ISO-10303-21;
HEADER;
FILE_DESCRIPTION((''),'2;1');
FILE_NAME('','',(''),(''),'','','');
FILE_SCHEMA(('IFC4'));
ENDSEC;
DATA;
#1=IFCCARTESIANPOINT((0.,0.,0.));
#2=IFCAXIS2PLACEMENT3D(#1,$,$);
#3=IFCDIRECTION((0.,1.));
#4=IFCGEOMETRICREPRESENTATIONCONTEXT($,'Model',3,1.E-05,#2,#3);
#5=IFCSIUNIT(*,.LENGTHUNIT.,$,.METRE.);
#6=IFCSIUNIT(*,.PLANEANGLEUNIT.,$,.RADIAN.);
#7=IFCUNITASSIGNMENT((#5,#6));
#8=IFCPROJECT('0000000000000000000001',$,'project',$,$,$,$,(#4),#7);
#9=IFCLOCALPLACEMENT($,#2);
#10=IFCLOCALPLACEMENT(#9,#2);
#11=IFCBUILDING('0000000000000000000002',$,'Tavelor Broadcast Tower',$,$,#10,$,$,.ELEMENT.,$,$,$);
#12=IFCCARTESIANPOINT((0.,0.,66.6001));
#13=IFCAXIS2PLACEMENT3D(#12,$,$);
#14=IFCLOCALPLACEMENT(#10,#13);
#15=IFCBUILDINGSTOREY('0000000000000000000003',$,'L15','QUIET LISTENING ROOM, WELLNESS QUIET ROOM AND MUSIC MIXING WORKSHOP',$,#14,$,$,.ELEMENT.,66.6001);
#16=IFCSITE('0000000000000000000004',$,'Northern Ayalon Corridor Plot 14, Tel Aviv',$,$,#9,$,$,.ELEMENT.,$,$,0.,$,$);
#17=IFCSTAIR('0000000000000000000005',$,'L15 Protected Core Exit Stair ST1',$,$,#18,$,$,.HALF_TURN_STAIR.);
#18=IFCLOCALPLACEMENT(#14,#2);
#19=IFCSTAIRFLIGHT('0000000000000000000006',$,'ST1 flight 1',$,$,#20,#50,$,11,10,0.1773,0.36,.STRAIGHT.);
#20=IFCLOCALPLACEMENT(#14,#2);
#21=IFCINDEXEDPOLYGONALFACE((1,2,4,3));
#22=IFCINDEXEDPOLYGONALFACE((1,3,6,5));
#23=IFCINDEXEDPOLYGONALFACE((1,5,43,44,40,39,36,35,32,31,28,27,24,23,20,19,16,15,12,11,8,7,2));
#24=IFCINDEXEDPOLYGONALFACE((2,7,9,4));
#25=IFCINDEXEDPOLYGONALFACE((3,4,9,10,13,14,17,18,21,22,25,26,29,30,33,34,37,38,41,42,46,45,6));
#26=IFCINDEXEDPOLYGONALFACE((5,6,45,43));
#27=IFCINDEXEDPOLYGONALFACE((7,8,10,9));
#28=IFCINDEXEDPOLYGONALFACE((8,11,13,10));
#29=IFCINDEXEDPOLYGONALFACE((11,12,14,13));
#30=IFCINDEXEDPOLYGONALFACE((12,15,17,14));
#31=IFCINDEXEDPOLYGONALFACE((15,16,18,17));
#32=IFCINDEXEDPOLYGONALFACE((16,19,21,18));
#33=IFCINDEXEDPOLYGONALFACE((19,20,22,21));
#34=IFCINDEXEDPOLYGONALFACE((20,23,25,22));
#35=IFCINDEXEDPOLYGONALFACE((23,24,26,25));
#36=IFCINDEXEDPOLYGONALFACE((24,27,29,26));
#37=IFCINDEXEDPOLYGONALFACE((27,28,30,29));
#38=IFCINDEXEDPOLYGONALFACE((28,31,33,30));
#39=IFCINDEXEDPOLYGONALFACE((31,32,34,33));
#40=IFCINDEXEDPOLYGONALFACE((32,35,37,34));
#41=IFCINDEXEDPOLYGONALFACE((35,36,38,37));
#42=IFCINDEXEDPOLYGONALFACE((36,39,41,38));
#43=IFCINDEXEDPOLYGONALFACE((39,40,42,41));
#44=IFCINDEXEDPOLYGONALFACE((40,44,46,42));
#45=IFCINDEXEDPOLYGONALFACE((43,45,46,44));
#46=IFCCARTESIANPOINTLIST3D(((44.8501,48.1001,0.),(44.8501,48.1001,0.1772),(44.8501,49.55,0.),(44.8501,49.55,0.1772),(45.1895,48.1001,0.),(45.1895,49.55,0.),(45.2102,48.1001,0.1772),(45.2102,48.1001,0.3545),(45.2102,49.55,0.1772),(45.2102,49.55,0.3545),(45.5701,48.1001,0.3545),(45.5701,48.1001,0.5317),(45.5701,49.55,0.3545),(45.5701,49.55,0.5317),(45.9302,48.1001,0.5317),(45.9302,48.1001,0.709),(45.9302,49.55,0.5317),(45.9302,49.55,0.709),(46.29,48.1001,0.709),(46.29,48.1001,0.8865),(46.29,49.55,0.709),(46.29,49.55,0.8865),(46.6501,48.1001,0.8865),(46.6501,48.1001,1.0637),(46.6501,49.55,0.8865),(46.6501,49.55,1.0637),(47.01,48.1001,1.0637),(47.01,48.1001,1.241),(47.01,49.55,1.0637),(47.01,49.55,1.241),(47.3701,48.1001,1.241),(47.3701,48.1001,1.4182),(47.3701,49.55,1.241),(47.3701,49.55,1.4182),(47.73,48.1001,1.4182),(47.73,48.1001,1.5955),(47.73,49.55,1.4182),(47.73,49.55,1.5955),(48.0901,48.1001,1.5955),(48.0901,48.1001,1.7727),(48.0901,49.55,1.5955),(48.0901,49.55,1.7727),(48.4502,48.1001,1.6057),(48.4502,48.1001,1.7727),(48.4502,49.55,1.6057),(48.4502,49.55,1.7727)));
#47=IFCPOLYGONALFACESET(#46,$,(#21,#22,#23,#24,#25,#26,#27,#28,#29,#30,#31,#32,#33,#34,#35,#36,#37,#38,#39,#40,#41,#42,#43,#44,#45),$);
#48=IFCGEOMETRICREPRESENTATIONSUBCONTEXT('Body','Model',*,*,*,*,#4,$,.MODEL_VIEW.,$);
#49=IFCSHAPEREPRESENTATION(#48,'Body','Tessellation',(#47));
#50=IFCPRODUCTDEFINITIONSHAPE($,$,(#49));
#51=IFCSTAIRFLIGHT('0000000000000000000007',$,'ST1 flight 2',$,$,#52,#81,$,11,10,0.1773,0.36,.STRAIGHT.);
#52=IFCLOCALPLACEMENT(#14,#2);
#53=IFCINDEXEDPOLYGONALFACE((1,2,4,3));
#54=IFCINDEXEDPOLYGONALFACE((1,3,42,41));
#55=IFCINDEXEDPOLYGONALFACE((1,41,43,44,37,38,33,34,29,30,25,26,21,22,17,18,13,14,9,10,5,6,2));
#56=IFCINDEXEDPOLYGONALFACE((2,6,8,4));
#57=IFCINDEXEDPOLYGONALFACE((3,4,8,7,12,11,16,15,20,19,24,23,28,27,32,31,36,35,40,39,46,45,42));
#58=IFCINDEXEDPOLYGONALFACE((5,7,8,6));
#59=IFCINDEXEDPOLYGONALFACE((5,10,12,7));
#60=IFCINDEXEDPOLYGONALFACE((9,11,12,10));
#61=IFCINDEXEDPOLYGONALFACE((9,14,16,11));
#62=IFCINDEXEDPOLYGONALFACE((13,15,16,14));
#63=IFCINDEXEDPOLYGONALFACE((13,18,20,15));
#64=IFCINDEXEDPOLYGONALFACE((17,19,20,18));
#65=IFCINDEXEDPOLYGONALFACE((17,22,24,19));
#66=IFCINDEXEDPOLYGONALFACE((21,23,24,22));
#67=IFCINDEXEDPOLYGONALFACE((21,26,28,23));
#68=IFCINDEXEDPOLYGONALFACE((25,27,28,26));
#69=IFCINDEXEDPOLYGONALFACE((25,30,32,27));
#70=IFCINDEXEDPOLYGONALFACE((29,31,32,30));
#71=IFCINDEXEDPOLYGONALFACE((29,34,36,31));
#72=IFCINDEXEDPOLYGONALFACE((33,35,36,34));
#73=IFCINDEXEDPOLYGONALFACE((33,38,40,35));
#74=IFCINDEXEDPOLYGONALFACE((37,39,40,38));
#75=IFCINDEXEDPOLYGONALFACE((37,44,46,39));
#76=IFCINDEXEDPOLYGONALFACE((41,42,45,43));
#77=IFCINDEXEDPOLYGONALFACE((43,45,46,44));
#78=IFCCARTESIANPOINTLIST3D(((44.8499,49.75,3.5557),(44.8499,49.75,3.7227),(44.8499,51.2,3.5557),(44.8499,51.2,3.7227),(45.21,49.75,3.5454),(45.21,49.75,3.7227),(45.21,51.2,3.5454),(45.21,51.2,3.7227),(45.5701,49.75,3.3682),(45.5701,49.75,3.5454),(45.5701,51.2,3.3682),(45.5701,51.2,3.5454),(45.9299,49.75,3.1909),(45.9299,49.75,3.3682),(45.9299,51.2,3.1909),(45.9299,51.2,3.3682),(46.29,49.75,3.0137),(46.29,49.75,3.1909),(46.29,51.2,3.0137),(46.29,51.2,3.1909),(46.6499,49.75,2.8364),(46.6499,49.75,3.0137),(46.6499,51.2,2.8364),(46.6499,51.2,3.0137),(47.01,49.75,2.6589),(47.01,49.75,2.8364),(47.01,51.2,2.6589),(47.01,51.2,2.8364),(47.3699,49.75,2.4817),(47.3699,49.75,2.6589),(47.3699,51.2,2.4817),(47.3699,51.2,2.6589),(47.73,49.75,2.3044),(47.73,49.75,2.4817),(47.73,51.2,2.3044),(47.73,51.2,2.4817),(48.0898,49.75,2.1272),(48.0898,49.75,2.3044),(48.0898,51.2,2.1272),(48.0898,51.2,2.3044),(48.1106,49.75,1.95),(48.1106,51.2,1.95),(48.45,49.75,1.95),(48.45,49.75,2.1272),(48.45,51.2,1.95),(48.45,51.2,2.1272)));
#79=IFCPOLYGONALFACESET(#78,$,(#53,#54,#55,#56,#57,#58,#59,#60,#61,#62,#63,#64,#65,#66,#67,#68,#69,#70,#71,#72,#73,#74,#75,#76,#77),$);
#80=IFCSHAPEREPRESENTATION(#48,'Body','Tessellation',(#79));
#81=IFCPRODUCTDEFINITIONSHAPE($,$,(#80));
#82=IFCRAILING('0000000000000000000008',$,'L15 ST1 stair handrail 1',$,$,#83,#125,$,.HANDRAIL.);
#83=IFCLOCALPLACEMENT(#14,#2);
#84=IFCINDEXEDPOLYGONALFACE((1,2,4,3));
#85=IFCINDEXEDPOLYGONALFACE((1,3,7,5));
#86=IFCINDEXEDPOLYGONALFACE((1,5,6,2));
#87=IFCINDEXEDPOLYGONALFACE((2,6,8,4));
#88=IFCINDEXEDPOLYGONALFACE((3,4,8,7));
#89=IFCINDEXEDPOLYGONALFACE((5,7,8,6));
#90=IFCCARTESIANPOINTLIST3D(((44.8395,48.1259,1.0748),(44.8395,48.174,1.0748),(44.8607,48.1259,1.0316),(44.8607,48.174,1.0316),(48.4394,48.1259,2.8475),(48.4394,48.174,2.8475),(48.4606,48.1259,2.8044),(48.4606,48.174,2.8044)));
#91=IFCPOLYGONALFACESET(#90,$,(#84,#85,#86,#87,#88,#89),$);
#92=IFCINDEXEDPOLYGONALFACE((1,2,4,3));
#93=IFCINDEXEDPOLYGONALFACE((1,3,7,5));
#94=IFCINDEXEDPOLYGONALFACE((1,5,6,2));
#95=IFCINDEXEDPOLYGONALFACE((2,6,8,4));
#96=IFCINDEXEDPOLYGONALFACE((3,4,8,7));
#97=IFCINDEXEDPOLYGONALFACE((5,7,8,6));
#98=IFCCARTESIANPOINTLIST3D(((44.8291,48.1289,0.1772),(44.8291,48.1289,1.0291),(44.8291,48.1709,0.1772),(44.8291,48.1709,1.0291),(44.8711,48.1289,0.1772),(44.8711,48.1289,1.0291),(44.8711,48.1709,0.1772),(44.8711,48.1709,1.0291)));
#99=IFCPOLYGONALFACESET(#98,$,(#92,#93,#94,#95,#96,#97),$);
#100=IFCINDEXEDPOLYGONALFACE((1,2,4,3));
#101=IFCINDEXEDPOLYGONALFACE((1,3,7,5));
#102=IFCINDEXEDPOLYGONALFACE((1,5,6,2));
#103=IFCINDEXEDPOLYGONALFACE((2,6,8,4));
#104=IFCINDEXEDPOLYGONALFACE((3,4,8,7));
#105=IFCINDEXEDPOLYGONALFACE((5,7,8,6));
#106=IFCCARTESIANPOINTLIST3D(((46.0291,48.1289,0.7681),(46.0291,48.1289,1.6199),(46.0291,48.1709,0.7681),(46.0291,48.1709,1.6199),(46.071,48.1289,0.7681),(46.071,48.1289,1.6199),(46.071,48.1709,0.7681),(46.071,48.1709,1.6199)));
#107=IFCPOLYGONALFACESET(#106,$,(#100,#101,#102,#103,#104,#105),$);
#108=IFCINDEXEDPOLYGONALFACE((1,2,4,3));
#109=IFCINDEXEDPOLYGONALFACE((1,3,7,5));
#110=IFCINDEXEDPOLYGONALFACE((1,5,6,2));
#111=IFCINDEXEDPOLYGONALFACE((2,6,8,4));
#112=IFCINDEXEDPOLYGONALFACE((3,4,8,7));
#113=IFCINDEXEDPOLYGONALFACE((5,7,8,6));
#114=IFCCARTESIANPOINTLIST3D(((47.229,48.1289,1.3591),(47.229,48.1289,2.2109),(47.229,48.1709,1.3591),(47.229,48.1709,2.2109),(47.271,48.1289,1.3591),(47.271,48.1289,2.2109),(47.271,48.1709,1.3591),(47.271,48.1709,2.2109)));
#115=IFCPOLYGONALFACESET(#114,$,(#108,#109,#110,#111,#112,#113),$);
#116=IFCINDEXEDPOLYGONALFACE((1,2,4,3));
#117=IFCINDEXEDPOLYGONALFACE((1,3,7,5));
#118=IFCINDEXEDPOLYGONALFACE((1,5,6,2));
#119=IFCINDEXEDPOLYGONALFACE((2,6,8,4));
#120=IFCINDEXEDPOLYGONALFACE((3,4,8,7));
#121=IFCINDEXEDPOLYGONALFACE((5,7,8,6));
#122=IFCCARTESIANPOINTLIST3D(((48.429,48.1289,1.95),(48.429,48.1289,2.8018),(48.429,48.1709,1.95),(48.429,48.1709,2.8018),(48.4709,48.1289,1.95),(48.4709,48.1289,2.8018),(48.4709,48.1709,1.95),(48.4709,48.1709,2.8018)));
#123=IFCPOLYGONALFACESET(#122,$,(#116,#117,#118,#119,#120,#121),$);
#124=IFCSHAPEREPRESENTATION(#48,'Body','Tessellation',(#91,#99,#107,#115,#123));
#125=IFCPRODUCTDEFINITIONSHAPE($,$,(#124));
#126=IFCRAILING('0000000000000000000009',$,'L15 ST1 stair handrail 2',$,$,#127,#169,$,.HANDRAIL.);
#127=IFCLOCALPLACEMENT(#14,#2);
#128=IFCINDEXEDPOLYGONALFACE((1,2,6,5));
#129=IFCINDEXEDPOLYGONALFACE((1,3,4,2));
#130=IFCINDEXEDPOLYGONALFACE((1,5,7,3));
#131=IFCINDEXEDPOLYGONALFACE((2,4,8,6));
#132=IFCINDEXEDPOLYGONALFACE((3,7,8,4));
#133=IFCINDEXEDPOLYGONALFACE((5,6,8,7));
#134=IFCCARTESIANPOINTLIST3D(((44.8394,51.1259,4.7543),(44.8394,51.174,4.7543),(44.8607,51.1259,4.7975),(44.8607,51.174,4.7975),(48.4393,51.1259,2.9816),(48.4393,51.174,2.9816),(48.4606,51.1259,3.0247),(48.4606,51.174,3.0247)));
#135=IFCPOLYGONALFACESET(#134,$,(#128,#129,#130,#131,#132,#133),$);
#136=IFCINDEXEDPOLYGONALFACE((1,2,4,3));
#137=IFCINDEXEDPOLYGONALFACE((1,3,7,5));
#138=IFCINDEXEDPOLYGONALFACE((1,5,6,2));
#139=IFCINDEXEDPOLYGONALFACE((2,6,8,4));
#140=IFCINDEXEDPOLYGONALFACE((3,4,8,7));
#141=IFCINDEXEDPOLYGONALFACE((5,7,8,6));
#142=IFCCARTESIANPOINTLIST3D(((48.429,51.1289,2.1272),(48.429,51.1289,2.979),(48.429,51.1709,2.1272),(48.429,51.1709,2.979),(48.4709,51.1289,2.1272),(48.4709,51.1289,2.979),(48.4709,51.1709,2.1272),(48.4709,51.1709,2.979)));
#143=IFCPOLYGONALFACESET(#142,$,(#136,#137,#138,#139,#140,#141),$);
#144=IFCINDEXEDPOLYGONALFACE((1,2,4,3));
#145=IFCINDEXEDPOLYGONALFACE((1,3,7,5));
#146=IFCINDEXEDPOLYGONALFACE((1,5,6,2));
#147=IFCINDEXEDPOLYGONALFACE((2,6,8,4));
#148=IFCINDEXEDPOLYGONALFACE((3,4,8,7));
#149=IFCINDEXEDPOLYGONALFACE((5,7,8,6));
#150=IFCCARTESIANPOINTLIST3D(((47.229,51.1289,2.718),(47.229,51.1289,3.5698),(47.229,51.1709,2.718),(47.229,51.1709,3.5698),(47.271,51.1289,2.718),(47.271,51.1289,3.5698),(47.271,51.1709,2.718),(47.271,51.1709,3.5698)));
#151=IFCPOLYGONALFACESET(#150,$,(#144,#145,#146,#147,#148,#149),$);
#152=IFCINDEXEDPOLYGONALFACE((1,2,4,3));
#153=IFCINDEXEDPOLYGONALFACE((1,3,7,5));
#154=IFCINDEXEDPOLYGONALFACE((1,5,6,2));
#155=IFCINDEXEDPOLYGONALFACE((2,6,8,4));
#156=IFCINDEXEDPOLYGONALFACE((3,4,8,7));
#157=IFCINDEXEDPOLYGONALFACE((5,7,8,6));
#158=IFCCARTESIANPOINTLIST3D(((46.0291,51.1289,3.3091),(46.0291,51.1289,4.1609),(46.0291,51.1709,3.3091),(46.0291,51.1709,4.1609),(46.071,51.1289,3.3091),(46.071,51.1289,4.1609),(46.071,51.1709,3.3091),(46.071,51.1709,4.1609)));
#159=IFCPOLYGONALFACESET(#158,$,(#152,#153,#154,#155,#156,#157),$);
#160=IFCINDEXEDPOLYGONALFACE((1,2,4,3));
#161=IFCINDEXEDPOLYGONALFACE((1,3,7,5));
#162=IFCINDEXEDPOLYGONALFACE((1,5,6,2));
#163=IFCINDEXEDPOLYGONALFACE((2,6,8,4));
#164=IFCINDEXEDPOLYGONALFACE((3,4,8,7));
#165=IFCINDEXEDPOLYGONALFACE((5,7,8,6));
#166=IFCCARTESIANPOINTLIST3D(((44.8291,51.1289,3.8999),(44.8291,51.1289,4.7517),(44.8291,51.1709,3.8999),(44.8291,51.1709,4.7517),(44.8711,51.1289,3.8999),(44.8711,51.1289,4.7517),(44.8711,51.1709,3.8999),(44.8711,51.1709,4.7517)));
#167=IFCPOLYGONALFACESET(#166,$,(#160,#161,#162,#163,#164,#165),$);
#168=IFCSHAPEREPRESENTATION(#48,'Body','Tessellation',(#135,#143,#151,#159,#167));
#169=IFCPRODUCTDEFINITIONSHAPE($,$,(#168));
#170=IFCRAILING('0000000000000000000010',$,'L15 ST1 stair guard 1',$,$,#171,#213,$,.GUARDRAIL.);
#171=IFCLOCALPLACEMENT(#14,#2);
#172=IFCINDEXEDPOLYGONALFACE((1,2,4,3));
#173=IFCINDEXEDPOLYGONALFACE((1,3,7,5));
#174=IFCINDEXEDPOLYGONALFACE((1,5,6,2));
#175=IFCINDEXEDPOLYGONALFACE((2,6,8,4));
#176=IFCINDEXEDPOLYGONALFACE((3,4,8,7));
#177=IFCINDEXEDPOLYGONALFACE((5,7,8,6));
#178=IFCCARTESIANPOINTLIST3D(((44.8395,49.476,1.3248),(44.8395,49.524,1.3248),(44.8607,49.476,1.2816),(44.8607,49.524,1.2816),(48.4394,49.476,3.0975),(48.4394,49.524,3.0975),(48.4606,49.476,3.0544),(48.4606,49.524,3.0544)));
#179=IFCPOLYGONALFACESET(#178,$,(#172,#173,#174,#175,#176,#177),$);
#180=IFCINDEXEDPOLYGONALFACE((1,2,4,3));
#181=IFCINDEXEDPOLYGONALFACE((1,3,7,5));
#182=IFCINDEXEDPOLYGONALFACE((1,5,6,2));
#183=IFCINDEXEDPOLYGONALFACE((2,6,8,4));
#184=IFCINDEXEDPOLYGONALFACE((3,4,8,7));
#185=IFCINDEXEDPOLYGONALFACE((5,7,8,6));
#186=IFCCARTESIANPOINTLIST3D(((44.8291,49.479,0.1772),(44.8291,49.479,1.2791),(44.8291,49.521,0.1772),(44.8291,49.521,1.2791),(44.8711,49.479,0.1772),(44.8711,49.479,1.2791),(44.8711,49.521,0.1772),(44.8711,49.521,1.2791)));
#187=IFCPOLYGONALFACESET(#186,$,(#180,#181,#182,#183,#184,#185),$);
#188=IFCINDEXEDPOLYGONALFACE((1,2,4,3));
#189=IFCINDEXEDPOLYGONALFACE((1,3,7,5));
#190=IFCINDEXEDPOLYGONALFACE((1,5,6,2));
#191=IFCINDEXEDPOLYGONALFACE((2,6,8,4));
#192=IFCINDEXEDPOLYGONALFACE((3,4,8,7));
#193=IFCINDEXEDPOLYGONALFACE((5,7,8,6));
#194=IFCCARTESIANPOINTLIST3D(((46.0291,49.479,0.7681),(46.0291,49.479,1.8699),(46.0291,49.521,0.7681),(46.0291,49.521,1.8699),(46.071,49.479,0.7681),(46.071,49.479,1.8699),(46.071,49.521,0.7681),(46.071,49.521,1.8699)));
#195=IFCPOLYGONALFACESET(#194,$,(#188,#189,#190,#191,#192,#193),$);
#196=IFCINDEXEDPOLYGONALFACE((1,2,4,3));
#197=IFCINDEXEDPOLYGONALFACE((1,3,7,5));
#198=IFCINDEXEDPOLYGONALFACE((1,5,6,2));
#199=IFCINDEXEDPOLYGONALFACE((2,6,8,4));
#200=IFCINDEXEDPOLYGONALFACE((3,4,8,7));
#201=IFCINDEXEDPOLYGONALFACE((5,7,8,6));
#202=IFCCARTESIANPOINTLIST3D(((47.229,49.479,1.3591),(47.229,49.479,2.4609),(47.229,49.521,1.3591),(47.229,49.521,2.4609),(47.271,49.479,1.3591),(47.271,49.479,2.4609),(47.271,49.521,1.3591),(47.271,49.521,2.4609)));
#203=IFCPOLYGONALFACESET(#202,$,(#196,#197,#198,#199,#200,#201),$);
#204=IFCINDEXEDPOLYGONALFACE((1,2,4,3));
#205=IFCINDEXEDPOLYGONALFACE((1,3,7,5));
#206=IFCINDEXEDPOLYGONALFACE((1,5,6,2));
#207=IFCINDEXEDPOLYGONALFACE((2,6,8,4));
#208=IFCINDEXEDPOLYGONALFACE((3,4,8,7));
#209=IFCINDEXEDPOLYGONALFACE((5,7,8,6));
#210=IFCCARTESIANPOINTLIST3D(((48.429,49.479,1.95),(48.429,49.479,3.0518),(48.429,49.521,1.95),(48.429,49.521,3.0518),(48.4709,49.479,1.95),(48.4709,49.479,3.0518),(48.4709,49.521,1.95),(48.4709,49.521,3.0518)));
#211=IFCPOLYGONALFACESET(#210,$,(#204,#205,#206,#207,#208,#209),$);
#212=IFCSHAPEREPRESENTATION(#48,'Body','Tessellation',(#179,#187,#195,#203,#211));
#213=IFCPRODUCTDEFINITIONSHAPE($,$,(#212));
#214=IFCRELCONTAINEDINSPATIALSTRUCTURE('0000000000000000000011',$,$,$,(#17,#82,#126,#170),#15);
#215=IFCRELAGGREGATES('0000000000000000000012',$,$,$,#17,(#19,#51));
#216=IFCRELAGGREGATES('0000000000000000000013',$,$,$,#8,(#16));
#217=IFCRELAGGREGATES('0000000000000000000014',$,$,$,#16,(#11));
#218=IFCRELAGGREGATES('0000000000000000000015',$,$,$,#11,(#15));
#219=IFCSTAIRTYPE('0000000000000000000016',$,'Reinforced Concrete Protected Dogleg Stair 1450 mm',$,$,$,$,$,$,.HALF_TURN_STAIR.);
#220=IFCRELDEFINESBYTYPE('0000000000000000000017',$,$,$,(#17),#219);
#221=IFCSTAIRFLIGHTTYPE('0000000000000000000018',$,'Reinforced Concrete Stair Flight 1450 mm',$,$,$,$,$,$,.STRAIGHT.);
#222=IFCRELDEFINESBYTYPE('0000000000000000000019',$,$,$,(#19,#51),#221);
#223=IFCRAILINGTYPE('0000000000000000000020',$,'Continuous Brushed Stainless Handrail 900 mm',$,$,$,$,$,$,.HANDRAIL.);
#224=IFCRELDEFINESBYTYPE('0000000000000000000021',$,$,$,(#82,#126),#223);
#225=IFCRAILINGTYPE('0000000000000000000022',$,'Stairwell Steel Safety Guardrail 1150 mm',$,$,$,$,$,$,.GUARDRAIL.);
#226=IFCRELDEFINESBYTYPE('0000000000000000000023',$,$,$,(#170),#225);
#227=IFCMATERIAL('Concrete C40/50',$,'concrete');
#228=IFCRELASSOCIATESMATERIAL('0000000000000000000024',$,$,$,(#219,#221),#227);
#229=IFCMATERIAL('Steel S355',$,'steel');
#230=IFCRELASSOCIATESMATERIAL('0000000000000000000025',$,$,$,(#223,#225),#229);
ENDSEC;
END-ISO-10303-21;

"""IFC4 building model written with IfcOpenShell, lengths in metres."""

from ifc_helpers import new_model, si_unit, direction, frame, origin, origin_2d, place, context, subcontext, project, spatial, polyline, rectangle, outline, extrude, material, type_object, element, aggregate, save


model = new_model("IFC4")

# Units and contexts
model_context = context("Model", 3, precision=1e-05, world=origin(), true_north=direction((0.0, 1.0)))
body_context = subcontext(model_context, "Body", "Model", "MODEL_VIEW")
ifc_project = project(units=[si_unit("LENGTHUNIT", "METRE"), si_unit("PLANEANGLEUNIT", "RADIAN")], contexts=[model_context])

# Site, building, storey
site_placement = place(None, origin())
site = spatial("IfcSite", under=ifc_project, at=site_placement, Name="Northern Ayalon Corridor Plot 14, Tel Aviv", CompositionType="ELEMENT", RefElevation=0.0)
building_placement = place(site_placement, origin())
building = spatial("IfcBuilding", under=site, at=building_placement, Name="Tavelor Broadcast Tower", CompositionType="ELEMENT")
storey_placement = place(building_placement, frame((0.0, 0.0, 66.6001)))
storey = spatial("IfcBuildingStorey", under=building, at=storey_placement, Name="L15", Description="QUIET LISTENING ROOM, WELLNESS QUIET ROOM AND MUSIC MIXING WORKSHOP", CompositionType="ELEMENT", Elevation=66.6001)

# Shared definitions
ifc_material_1 = material(Name="Concrete C40/50", Category="concrete")
ifc_material_2 = material(Name="Steel S355", Category="steel")

# Stair, stair flights
stair_type = type_object("IfcStairType", Name="Reinforced Concrete Protected Dogleg Stair 1450 mm", PredefinedType="HALF_TURN_STAIR", material=ifc_material_1)
stair_placement = place(storey_placement, origin())
stair = element("IfcStair", 1, at=stair_placement, inside=storey, type_object=stair_type, Name="L15 Protected Core Exit Stair ST1", PredefinedType="HALF_TURN_STAIR")
stair_flight_type = type_object("IfcStairFlightType", Name="Reinforced Concrete Stair Flight 1450 mm", PredefinedType="STRAIGHT", material=ifc_material_1)
stair_flight_1_placement = place(storey_placement, frame((44.8501, 48.825, 0.0), z_axis=(0.0, 0.0, 1.0), x_axis=(1.0, 0.0, 0.0)))
stair_flight_1 = element("IfcStairFlight", 2, at=stair_flight_1_placement, type_object=stair_flight_type, Name="ST1 flight 1", NumberOfRisers=11, NumberOfTreads=10, PredefinedType="STRAIGHT", RiserHeight=0.1773, TreadLength=0.36, context=body_context, shape_type="SweptSolid", body=[
    extrude(outline(polyline([(0.0, 0.0), (0.0, 0.1772), (0.3601, 0.1772), (0.3601, 0.3545), (0.72, 0.3545), (0.72, 0.5317), (1.0801, 0.5317), (1.0801, 0.709), (1.4399, 0.709), (1.4399, 0.8865), (1.8, 0.8865), (1.8, 1.0637), (2.1599, 1.0637), (2.1599, 1.241), (2.52, 1.241), (2.52, 1.4182), (2.8799, 1.4182), (2.8799, 1.5955), (3.24, 1.5955), (3.24, 1.7727), (3.6001, 1.7727), (3.6001, 1.95), (3.6001, 1.6057), (0.3394, 0.0), (0.0, 0.0)])), frame((0.0, 0.7251, 0.0), z_axis=(0.0, -1.0, 0.0), x_axis=(1.0, 0.0, 0.0)), (0.0, 0.0, 1.0), 1.45),
])
stair_flight_2_placement = place(storey_placement, frame((48.45, 50.4751, 1.95), z_axis=(0.0, 0.0, 1.0), x_axis=(-1.0, 0.0, 0.0)))
stair_flight_2 = element("IfcStairFlight", 3, at=stair_flight_2_placement, type_object=stair_flight_type, Name="ST1 flight 2", NumberOfRisers=11, NumberOfTreads=10, PredefinedType="STRAIGHT", RiserHeight=0.1773, TreadLength=0.36, context=body_context, shape_type="SweptSolid", body=[
    extrude(outline(polyline([(0.0, 0.0), (0.0, 0.1772), (0.3601, 0.1772), (0.3601, 0.3545), (0.72, 0.3545), (0.72, 0.5317), (1.0801, 0.5317), (1.0801, 0.709), (1.4399, 0.709), (1.4399, 0.8865), (1.8, 0.8865), (1.8, 1.0637), (2.1599, 1.0637), (2.1599, 1.241), (2.52, 1.241), (2.52, 1.4182), (2.8799, 1.4182), (2.8799, 1.5955), (3.24, 1.5955), (3.24, 1.7727), (3.6001, 1.7727), (3.6001, 1.95), (3.6001, 1.6057), (0.3394, 0.0), (0.0, 0.0)])), frame((0.0, 0.7251, 0.0), z_axis=(0.0, -1.0, 0.0), x_axis=(1.0, 0.0, 0.0)), (0.0, 0.0, 1.0), 1.45),
])
aggregate(stair, [stair_flight_1, stair_flight_2])

# Railings
railing_type_1 = type_object("IfcRailingType", Name="Continuous Brushed Stainless Handrail 900 mm", PredefinedType="HANDRAIL", material=ifc_material_2)
railing_1_placement = place(storey_placement, frame((44.8501, 48.1499, 0.1772)))
element("IfcRailing", 4, at=railing_1_placement, inside=storey, type_object=railing_type_1, Name="L15 ST1 stair handrail 1", PredefinedType="HANDRAIL", context=body_context, shape_type="SweptSolid", body=[
    extrude(rectangle(XDim=0.0481, YDim=0.0481, at=origin_2d()), frame((0.0, 0.0, 0.876), z_axis=(0.897124, 0.0, 0.441778), x_axis=(0.0, 1.0, 0.0)), (0.0, 0.0, 1.0), 4.0127),
    extrude(rectangle(XDim=0.042, YDim=0.042, at=origin_2d()), origin(), (0.0, 0.0, 1.0), 0.8518),
    extrude(rectangle(XDim=0.042, YDim=0.042, at=origin_2d()), frame((1.2, 0.0, 0.5908)), (0.0, 0.0, 1.0), 0.8518),
    extrude(rectangle(XDim=0.042, YDim=0.042, at=origin_2d()), frame((2.3999, 0.0, 1.1819)), (0.0, 0.0, 1.0), 0.8518),
    extrude(rectangle(XDim=0.042, YDim=0.042, at=origin_2d()), frame((3.5999, 0.0, 1.7727)), (0.0, 0.0, 1.0), 0.8518),
])
railing_2_placement = place(storey_placement, frame((48.45, 51.1499, 2.1272)))
element("IfcRailing", 5, at=railing_2_placement, inside=storey, type_object=railing_type_1, Name="L15 ST1 stair handrail 2", PredefinedType="HANDRAIL", context=body_context, shape_type="SweptSolid", body=[
    extrude(rectangle(XDim=0.0481, YDim=0.0481, at=origin_2d()), frame((0.0, 0.0, 0.876), z_axis=(-0.897124, 0.0, 0.441778), x_axis=(0.0, -1.0, 0.0)), (0.0, 0.0, 1.0), 4.0127),
    extrude(rectangle(XDim=0.042, YDim=0.042, at=origin_2d()), origin(), (0.0, 0.0, 1.0), 0.8518),
    extrude(rectangle(XDim=0.042, YDim=0.042, at=origin_2d()), frame((-1.2, 0.0, 0.5908)), (0.0, 0.0, 1.0), 0.8518),
    extrude(rectangle(XDim=0.042, YDim=0.042, at=origin_2d()), frame((-2.3999, 0.0, 1.1819)), (0.0, 0.0, 1.0), 0.8518),
    extrude(rectangle(XDim=0.042, YDim=0.042, at=origin_2d()), frame((-3.5999, 0.0, 1.7727)), (0.0, 0.0, 1.0), 0.8518),
])
railing_type_2 = type_object("IfcRailingType", Name="Stairwell Steel Safety Guardrail 1150 mm", PredefinedType="GUARDRAIL", material=ifc_material_2)
railing_3_placement = place(storey_placement, frame((44.8501, 49.5, 0.1772)))
element("IfcRailing", 6, at=railing_3_placement, inside=storey, type_object=railing_type_2, Name="L15 ST1 stair guard 1", PredefinedType="GUARDRAIL", context=body_context, shape_type="SweptSolid", body=[
    extrude(rectangle(XDim=0.0481, YDim=0.0481, at=origin_2d()), frame((0.0, 0.0, 1.126), z_axis=(0.897124, 0.0, 0.441778), x_axis=(0.0, 1.0, 0.0)), (0.0, 0.0, 1.0), 4.0127),
    extrude(rectangle(XDim=0.042, YDim=0.042, at=origin_2d()), origin(), (0.0, 0.0, 1.0), 1.1018),
    extrude(rectangle(XDim=0.042, YDim=0.042, at=origin_2d()), frame((1.2, 0.0, 0.5908)), (0.0, 0.0, 1.0), 1.1018),
    extrude(rectangle(XDim=0.042, YDim=0.042, at=origin_2d()), frame((2.3999, 0.0, 1.1819)), (0.0, 0.0, 1.0), 1.1018),
    extrude(rectangle(XDim=0.042, YDim=0.042, at=origin_2d()), frame((3.5999, 0.0, 1.7727)), (0.0, 0.0, 1.0), 1.1018),
])

save(model, "model.ifc")
